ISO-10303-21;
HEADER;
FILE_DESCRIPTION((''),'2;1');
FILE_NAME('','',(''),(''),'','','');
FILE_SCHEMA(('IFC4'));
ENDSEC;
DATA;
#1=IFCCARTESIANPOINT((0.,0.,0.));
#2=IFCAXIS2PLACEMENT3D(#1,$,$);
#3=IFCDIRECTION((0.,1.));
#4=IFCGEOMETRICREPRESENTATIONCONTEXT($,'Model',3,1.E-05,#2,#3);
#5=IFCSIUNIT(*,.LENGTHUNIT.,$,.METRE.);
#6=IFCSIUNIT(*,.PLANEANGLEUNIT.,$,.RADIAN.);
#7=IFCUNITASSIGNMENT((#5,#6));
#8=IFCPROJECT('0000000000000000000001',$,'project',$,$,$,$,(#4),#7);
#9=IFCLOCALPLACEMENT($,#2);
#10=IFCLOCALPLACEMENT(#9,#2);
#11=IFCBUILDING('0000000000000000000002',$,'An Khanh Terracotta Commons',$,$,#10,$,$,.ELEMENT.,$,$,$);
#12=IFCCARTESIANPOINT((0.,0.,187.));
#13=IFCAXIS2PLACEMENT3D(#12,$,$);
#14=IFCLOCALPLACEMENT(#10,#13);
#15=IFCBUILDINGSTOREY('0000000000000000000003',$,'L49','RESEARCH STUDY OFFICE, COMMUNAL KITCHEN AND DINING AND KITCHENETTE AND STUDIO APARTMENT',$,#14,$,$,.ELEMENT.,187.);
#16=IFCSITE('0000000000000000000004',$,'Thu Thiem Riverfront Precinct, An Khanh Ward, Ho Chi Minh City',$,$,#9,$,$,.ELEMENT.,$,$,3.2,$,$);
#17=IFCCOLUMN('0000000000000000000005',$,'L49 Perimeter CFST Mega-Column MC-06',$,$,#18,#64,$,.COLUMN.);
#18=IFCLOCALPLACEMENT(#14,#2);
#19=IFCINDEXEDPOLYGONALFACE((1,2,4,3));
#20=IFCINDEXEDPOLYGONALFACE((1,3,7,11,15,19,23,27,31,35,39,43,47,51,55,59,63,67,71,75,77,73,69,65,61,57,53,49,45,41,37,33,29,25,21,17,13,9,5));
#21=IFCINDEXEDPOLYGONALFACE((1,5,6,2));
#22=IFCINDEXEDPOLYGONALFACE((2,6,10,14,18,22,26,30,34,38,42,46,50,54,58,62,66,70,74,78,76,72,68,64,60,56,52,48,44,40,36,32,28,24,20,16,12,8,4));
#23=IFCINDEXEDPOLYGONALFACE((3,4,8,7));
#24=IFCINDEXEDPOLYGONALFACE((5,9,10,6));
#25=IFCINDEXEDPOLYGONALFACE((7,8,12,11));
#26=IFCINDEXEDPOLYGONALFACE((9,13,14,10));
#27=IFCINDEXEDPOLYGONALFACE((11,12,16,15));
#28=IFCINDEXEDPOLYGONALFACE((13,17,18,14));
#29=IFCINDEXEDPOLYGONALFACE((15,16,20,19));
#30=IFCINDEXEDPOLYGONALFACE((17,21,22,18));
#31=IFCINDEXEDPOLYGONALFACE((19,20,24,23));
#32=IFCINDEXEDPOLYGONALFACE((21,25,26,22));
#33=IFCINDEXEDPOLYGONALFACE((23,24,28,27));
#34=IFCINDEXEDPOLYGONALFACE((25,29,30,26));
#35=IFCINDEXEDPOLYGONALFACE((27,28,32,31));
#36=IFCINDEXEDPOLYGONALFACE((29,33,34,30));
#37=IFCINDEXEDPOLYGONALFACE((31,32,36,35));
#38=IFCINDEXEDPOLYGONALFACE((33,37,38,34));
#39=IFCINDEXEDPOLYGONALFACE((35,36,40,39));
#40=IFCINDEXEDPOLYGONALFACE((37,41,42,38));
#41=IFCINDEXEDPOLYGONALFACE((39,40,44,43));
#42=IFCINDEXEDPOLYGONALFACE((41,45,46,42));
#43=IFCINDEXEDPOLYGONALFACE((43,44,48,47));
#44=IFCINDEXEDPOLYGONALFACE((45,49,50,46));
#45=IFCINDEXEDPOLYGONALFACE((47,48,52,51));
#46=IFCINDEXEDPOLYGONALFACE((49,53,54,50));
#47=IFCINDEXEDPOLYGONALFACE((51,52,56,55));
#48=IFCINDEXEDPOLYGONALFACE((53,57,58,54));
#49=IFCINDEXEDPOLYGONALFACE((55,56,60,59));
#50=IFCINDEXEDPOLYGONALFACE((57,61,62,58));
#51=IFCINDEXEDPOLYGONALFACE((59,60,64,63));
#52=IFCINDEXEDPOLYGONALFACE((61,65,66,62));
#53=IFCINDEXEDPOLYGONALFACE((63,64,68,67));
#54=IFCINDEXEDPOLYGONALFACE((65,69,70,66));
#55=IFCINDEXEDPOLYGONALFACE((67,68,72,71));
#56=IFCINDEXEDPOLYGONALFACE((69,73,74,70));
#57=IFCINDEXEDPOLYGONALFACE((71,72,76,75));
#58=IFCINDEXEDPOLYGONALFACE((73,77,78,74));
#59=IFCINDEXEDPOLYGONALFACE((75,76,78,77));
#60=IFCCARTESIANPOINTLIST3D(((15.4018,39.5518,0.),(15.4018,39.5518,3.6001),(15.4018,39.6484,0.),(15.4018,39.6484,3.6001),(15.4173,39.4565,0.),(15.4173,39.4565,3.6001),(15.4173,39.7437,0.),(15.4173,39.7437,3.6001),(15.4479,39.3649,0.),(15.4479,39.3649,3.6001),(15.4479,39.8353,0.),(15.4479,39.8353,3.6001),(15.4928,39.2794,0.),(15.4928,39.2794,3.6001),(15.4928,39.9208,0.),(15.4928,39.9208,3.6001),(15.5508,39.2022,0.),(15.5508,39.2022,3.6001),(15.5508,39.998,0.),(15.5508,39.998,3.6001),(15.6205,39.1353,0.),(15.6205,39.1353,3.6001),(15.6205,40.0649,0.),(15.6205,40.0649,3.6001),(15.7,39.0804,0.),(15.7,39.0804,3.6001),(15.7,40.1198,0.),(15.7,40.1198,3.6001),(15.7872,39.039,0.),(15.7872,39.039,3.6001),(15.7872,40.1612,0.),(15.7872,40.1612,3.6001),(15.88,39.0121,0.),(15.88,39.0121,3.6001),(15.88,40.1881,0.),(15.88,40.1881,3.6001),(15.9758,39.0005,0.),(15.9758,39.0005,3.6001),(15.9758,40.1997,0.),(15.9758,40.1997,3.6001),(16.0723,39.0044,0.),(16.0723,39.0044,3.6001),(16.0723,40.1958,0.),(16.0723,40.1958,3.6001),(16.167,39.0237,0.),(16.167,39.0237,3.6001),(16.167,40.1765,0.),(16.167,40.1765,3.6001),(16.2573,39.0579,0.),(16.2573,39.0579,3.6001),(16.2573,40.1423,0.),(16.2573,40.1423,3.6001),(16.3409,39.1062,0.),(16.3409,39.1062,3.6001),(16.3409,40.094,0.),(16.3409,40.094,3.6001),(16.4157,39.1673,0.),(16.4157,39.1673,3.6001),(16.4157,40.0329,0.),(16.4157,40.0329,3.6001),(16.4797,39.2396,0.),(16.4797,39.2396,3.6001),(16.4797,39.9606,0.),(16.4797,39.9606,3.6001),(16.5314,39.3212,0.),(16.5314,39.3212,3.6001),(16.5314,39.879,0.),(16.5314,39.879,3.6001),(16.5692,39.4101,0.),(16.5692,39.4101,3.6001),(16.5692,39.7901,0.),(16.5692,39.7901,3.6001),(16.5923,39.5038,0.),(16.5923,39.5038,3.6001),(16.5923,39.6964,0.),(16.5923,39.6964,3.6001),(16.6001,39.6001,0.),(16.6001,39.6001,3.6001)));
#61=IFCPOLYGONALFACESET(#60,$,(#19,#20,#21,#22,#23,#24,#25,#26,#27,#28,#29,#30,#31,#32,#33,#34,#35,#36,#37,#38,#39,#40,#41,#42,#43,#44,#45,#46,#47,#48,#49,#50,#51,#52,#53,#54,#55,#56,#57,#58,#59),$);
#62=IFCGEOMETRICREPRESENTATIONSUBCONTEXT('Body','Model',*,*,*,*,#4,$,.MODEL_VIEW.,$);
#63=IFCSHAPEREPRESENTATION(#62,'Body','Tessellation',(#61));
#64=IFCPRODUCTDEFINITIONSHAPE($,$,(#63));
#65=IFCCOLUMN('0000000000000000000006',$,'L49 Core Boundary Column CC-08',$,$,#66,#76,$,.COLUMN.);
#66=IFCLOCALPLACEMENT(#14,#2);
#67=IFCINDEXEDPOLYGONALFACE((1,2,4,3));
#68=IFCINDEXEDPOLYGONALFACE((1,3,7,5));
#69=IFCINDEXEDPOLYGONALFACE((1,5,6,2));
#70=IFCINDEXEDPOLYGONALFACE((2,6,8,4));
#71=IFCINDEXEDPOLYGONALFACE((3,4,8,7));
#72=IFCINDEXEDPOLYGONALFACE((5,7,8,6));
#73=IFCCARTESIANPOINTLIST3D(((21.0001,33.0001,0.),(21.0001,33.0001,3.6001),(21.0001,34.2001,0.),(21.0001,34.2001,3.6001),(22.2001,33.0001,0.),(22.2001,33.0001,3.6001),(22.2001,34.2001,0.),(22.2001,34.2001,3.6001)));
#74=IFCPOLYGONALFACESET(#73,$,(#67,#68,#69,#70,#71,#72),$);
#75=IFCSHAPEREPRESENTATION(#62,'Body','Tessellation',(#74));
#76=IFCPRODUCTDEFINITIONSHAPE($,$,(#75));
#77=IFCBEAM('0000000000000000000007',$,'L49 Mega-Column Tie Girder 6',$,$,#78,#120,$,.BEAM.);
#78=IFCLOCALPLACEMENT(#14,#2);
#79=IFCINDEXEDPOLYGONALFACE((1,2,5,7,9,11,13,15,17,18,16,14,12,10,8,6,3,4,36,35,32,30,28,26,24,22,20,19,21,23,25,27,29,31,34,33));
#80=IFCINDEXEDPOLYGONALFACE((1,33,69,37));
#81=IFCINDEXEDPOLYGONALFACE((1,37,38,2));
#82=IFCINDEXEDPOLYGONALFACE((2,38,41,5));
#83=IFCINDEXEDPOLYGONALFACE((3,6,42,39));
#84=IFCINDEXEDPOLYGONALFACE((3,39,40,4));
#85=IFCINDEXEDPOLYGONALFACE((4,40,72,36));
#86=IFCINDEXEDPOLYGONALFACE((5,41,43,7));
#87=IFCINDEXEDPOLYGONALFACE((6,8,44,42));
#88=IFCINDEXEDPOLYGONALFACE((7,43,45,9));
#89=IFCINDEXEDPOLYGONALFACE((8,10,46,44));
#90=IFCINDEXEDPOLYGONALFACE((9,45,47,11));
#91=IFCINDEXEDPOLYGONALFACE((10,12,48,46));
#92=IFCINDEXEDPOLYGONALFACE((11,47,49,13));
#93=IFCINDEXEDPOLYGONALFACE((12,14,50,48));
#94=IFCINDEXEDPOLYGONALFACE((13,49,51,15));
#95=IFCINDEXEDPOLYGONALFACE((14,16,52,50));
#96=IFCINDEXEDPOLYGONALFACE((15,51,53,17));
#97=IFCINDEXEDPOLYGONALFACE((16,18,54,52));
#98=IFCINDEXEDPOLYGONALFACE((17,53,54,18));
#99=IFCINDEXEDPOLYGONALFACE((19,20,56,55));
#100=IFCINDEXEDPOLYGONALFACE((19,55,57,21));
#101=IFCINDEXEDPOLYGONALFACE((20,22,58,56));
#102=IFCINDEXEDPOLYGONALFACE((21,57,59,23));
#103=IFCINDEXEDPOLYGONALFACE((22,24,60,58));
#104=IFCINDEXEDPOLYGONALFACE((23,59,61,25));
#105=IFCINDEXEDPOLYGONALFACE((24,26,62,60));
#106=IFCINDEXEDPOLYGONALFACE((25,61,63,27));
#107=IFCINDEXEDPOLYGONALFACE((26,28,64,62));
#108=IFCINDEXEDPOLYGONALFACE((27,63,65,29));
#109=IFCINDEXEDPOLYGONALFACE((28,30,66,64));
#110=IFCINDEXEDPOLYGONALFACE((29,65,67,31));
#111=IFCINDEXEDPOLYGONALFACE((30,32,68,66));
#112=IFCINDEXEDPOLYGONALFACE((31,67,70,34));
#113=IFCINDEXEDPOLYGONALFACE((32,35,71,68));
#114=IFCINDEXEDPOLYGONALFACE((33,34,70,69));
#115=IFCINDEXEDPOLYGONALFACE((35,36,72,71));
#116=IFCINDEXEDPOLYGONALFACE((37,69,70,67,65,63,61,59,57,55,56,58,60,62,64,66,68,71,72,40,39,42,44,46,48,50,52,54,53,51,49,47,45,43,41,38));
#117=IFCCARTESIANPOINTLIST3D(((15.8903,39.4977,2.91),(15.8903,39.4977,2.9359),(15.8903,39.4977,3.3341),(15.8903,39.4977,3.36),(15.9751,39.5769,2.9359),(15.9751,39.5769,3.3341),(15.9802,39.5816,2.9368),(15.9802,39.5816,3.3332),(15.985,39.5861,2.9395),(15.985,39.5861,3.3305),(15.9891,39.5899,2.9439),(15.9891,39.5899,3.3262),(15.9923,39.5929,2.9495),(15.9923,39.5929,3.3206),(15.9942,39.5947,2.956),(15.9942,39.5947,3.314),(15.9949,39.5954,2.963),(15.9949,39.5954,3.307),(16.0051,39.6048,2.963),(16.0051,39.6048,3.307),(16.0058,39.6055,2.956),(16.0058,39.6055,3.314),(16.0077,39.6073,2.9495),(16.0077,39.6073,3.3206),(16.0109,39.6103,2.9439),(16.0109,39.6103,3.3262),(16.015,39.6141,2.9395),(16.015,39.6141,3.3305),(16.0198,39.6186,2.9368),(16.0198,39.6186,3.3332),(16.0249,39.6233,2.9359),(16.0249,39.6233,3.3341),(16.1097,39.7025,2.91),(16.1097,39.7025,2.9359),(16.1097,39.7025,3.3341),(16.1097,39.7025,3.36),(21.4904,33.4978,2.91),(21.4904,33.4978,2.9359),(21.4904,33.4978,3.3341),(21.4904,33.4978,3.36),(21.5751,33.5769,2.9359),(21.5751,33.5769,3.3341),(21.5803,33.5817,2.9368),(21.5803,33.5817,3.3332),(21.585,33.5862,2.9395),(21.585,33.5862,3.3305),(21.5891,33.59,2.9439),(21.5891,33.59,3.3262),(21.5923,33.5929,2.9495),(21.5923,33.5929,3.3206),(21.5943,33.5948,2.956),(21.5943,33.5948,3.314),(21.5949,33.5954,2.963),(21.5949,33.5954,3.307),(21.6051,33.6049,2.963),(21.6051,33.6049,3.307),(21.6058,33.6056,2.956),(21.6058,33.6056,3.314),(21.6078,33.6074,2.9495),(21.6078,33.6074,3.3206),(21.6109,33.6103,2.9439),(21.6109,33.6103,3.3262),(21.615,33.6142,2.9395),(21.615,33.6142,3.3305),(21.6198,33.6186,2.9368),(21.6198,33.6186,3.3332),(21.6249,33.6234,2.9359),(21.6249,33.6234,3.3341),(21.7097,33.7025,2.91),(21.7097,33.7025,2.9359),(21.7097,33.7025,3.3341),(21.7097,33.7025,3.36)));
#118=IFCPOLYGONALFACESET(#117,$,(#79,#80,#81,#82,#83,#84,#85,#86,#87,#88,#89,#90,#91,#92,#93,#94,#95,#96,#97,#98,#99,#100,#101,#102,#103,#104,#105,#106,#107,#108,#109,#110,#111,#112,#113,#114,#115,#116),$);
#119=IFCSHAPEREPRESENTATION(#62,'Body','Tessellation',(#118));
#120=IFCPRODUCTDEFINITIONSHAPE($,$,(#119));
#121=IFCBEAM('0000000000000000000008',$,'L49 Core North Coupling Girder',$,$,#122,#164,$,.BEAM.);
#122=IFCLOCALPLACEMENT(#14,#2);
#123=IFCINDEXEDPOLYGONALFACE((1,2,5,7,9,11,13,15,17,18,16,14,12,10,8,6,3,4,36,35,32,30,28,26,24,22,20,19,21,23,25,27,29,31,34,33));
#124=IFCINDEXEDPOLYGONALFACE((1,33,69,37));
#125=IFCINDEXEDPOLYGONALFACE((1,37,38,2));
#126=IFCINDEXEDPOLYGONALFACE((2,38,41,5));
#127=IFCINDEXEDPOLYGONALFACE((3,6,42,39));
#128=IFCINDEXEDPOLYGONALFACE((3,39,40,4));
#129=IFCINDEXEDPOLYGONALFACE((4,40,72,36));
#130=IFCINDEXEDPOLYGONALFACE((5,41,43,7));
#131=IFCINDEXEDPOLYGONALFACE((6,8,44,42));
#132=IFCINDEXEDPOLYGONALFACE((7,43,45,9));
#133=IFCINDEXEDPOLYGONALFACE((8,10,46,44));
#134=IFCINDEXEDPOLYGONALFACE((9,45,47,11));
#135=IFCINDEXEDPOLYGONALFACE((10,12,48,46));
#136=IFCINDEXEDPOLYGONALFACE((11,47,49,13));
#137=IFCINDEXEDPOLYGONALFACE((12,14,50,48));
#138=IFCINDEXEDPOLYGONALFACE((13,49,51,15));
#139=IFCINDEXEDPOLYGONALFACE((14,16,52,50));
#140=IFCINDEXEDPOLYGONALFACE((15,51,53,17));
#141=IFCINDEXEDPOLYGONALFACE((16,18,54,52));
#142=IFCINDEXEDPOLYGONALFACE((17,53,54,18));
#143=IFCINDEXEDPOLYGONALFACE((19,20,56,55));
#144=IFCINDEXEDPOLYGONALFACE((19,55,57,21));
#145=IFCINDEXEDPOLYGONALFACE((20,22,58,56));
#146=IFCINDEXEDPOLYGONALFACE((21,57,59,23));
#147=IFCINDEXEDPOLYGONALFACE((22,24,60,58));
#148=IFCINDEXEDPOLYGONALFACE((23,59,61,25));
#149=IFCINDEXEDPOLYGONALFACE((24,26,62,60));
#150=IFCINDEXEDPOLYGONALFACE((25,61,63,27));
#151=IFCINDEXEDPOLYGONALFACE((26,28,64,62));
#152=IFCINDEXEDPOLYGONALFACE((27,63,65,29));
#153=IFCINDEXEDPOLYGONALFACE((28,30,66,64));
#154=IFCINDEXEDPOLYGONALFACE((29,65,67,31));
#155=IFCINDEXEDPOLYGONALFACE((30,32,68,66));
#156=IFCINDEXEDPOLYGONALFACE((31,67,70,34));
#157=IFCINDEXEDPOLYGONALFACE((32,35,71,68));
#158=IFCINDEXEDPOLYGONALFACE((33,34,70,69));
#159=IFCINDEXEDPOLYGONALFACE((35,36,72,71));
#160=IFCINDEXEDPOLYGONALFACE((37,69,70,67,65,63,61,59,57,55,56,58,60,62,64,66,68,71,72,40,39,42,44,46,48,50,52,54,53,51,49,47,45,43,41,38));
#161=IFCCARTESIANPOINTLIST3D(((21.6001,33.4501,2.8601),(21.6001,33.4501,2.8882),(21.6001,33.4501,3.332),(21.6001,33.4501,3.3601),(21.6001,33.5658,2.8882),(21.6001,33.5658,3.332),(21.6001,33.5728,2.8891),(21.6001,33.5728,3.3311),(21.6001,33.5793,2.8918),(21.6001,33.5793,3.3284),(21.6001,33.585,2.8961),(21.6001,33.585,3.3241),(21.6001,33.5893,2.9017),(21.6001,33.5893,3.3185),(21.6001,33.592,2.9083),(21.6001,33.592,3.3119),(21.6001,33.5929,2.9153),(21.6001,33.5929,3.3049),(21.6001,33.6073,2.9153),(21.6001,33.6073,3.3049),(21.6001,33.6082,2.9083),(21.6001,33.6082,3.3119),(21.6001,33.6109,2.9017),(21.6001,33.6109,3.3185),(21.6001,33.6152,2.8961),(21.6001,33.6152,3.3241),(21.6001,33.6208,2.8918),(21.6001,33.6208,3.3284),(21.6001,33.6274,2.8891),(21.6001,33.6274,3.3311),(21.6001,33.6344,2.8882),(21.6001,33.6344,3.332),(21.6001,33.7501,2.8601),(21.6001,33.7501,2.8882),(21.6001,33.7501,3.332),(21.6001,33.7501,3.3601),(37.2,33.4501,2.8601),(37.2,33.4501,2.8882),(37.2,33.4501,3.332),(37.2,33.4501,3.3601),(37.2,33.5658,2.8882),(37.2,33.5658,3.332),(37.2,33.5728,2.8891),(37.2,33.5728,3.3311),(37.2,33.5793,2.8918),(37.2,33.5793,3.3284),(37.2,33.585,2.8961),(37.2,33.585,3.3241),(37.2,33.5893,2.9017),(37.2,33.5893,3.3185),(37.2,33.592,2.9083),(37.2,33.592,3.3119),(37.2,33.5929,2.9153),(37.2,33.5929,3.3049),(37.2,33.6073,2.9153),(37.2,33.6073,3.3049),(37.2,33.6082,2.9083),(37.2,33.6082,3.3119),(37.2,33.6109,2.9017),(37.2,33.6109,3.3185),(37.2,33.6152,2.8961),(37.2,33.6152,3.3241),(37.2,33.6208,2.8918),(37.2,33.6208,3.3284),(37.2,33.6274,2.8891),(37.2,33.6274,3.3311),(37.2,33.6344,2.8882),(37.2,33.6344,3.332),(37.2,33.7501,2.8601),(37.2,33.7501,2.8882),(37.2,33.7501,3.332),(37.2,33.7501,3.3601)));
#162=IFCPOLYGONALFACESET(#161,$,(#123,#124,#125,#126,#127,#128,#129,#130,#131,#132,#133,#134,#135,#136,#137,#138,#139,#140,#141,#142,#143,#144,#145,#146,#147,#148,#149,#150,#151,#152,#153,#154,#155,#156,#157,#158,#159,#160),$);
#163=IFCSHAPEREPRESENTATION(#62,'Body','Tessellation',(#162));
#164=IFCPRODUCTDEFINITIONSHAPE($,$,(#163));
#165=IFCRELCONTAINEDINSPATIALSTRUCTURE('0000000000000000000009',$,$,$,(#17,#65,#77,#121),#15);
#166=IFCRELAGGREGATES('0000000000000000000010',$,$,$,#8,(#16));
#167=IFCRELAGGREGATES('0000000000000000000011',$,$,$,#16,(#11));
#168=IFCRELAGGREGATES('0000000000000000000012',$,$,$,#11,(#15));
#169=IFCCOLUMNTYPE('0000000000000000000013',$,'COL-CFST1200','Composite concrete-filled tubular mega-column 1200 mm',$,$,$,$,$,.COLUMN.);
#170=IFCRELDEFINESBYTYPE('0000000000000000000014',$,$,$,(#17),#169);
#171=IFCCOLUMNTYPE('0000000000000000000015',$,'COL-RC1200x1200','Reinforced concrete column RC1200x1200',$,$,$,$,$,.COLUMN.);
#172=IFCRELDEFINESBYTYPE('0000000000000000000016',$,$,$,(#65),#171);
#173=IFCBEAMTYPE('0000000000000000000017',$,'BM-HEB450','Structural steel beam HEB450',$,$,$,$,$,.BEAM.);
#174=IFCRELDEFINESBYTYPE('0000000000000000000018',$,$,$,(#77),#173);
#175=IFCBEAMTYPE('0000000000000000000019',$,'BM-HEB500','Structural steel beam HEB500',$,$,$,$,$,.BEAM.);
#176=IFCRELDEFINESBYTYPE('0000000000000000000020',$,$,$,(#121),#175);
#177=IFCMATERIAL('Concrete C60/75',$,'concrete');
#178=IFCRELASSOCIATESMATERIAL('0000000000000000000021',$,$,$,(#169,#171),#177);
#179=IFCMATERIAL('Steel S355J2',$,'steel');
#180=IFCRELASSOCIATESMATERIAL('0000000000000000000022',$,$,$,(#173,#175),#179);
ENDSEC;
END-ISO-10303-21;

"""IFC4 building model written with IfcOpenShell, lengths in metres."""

from ifc_helpers import new_model, si_unit, direction, frame, origin, origin_2d, place, context, subcontext, project, spatial, rectangle, circle, i_section, extrude, material, material_profile, profile_set, type_object, element, save


model = new_model("IFC4")

# Units and contexts
model_context = context("Model", 3, precision=1e-05, world=origin(), true_north=direction((0.0, 1.0)))
body_context = subcontext(model_context, "Body", "Model", "MODEL_VIEW")
ifc_project = project(units=[si_unit("LENGTHUNIT", "METRE"), si_unit("PLANEANGLEUNIT", "RADIAN")], contexts=[model_context])

# Site, building, storey
site_placement = place(None, origin())
site = spatial("IfcSite", under=ifc_project, at=site_placement, Name="Thu Thiem Riverfront Precinct, An Khanh Ward, Ho Chi Minh City", CompositionType="ELEMENT", RefElevation=3.2)
building_placement = place(site_placement, origin())
building = spatial("IfcBuilding", under=site, at=building_placement, Name="An Khanh Terracotta Commons", CompositionType="ELEMENT")
storey_placement = place(building_placement, frame((0.0, 0.0, 187.0)))
storey = spatial("IfcBuildingStorey", under=building, at=storey_placement, Name="L49", Description="RESEARCH STUDY OFFICE, COMMUNAL KITCHEN AND DINING AND KITCHENETTE AND STUDIO APARTMENT", CompositionType="ELEMENT", Elevation=187.0)

# Columns
ifc_material_1 = material(Name="Concrete C60/75", Category="concrete")
ifc_material_profile_1 = material_profile(ifc_material_1, circle(Radius=0.6001, at=origin_2d()), Name="CFST1200")
ifc_profile_set_1 = profile_set([ifc_material_profile_1], Name="Concrete C60/75")
column_type_1 = type_object("IfcColumnType", Name="COL-CFST1200", Description="Composite concrete-filled tubular mega-column 1200 mm", PredefinedType="COLUMN", material=ifc_profile_set_1)
column_1_placement = place(storey_placement, frame((16.0, 39.6001, 0.0), z_axis=(0.0, 0.0, 1.0), x_axis=(1.0, 0.0, 0.0)))
element("IfcColumn", 1, at=column_1_placement, inside=storey, type_object=column_type_1, Name="L49 Perimeter CFST Mega-Column MC-06", PredefinedType="COLUMN", context=body_context, shape_type="SweptSolid", body=[
    extrude(circle(Radius=0.6001, at=origin_2d()), origin(), (0.0, 0.0, 1.0), 3.6001),
])
ifc_material_profile_2 = material_profile(ifc_material_1, rectangle(XDim=1.2, YDim=1.2, at=origin_2d()), Name="RC1200x1200")
ifc_profile_set_2 = profile_set([ifc_material_profile_2], Name="Concrete C60/75")
column_type_2 = type_object("IfcColumnType", Name="COL-RC1200x1200", Description="Reinforced concrete column RC1200x1200", PredefinedType="COLUMN", material=ifc_profile_set_2)
column_2_placement = place(storey_placement, frame((21.6001, 33.6001, 0.0), z_axis=(0.0, 0.0, 1.0), x_axis=(1.0, 0.0, 0.0)))
element("IfcColumn", 2, at=column_2_placement, inside=storey, type_object=column_type_2, Name="L49 Core Boundary Column CC-08", PredefinedType="COLUMN", context=body_context, shape_type="SweptSolid", body=[
    extrude(rectangle(XDim=1.2, YDim=1.2, at=origin_2d()), origin(), (0.0, 0.0, 1.0), 3.6001),
])

# Beams
ifc_material_2 = material(Name="Steel S355J2", Category="steel")
ifc_material_profile_3 = material_profile(ifc_material_2, i_section(OverallWidth=0.3, OverallDepth=0.45, WebThickness=0.0139, FlangeThickness=0.0259, FilletRadius=0.0271, at=origin_2d()), Name="HEB450")
ifc_profile_set_3 = profile_set([ifc_material_profile_3], Name="Steel S355J2")
beam_type_1 = type_object("IfcBeamType", Name="BM-HEB450", Description="Structural steel beam HEB450", PredefinedType="BEAM", material=ifc_profile_set_3)
beam_1_placement = place(storey_placement, frame((16.0, 39.6001, 3.135), z_axis=(0.682325, -0.731049, 0.0), x_axis=(0.731049, 0.682325, 0.0)))
element("IfcBeam", 3, at=beam_1_placement, inside=storey, type_object=beam_type_1, Name="L49 Mega-Column Tie Girder 6", PredefinedType="BEAM", context=body_context, shape_type="SweptSolid", body=[
    extrude(i_section(OverallWidth=0.3, OverallDepth=0.45, WebThickness=0.0139, FlangeThickness=0.0259, FilletRadius=0.0271, at=origin_2d()), origin(), (0.0, 0.0, 1.0), 8.2073),
])
ifc_material_profile_4 = material_profile(ifc_material_2, i_section(OverallWidth=0.3, OverallDepth=0.5, WebThickness=0.0144, FlangeThickness=0.0281, FilletRadius=0.0271, at=origin_2d()), Name="HEB500")
ifc_profile_set_4 = profile_set([ifc_material_profile_4], Name="Steel S355J2")
beam_type_2 = type_object("IfcBeamType", Name="BM-HEB500", Description="Structural steel beam HEB500", PredefinedType="BEAM", material=ifc_profile_set_4)
beam_2_placement = place(storey_placement, frame((21.6001, 33.6001, 3.1101), z_axis=(1.0, 0.0, 0.0), x_axis=(0.0, 1.0, 0.0)))
element("IfcBeam", 4, at=beam_2_placement, inside=storey, type_object=beam_type_2, Name="L49 Core North Coupling Girder", PredefinedType="BEAM", context=body_context, shape_type="SweptSolid", body=[
    extrude(i_section(OverallWidth=0.3, OverallDepth=0.5, WebThickness=0.0144, FlangeThickness=0.0281, FilletRadius=0.0271, at=origin_2d()), origin(), (0.0, 0.0, 1.0), 15.5999),
])

save(model, "model.ifc")
